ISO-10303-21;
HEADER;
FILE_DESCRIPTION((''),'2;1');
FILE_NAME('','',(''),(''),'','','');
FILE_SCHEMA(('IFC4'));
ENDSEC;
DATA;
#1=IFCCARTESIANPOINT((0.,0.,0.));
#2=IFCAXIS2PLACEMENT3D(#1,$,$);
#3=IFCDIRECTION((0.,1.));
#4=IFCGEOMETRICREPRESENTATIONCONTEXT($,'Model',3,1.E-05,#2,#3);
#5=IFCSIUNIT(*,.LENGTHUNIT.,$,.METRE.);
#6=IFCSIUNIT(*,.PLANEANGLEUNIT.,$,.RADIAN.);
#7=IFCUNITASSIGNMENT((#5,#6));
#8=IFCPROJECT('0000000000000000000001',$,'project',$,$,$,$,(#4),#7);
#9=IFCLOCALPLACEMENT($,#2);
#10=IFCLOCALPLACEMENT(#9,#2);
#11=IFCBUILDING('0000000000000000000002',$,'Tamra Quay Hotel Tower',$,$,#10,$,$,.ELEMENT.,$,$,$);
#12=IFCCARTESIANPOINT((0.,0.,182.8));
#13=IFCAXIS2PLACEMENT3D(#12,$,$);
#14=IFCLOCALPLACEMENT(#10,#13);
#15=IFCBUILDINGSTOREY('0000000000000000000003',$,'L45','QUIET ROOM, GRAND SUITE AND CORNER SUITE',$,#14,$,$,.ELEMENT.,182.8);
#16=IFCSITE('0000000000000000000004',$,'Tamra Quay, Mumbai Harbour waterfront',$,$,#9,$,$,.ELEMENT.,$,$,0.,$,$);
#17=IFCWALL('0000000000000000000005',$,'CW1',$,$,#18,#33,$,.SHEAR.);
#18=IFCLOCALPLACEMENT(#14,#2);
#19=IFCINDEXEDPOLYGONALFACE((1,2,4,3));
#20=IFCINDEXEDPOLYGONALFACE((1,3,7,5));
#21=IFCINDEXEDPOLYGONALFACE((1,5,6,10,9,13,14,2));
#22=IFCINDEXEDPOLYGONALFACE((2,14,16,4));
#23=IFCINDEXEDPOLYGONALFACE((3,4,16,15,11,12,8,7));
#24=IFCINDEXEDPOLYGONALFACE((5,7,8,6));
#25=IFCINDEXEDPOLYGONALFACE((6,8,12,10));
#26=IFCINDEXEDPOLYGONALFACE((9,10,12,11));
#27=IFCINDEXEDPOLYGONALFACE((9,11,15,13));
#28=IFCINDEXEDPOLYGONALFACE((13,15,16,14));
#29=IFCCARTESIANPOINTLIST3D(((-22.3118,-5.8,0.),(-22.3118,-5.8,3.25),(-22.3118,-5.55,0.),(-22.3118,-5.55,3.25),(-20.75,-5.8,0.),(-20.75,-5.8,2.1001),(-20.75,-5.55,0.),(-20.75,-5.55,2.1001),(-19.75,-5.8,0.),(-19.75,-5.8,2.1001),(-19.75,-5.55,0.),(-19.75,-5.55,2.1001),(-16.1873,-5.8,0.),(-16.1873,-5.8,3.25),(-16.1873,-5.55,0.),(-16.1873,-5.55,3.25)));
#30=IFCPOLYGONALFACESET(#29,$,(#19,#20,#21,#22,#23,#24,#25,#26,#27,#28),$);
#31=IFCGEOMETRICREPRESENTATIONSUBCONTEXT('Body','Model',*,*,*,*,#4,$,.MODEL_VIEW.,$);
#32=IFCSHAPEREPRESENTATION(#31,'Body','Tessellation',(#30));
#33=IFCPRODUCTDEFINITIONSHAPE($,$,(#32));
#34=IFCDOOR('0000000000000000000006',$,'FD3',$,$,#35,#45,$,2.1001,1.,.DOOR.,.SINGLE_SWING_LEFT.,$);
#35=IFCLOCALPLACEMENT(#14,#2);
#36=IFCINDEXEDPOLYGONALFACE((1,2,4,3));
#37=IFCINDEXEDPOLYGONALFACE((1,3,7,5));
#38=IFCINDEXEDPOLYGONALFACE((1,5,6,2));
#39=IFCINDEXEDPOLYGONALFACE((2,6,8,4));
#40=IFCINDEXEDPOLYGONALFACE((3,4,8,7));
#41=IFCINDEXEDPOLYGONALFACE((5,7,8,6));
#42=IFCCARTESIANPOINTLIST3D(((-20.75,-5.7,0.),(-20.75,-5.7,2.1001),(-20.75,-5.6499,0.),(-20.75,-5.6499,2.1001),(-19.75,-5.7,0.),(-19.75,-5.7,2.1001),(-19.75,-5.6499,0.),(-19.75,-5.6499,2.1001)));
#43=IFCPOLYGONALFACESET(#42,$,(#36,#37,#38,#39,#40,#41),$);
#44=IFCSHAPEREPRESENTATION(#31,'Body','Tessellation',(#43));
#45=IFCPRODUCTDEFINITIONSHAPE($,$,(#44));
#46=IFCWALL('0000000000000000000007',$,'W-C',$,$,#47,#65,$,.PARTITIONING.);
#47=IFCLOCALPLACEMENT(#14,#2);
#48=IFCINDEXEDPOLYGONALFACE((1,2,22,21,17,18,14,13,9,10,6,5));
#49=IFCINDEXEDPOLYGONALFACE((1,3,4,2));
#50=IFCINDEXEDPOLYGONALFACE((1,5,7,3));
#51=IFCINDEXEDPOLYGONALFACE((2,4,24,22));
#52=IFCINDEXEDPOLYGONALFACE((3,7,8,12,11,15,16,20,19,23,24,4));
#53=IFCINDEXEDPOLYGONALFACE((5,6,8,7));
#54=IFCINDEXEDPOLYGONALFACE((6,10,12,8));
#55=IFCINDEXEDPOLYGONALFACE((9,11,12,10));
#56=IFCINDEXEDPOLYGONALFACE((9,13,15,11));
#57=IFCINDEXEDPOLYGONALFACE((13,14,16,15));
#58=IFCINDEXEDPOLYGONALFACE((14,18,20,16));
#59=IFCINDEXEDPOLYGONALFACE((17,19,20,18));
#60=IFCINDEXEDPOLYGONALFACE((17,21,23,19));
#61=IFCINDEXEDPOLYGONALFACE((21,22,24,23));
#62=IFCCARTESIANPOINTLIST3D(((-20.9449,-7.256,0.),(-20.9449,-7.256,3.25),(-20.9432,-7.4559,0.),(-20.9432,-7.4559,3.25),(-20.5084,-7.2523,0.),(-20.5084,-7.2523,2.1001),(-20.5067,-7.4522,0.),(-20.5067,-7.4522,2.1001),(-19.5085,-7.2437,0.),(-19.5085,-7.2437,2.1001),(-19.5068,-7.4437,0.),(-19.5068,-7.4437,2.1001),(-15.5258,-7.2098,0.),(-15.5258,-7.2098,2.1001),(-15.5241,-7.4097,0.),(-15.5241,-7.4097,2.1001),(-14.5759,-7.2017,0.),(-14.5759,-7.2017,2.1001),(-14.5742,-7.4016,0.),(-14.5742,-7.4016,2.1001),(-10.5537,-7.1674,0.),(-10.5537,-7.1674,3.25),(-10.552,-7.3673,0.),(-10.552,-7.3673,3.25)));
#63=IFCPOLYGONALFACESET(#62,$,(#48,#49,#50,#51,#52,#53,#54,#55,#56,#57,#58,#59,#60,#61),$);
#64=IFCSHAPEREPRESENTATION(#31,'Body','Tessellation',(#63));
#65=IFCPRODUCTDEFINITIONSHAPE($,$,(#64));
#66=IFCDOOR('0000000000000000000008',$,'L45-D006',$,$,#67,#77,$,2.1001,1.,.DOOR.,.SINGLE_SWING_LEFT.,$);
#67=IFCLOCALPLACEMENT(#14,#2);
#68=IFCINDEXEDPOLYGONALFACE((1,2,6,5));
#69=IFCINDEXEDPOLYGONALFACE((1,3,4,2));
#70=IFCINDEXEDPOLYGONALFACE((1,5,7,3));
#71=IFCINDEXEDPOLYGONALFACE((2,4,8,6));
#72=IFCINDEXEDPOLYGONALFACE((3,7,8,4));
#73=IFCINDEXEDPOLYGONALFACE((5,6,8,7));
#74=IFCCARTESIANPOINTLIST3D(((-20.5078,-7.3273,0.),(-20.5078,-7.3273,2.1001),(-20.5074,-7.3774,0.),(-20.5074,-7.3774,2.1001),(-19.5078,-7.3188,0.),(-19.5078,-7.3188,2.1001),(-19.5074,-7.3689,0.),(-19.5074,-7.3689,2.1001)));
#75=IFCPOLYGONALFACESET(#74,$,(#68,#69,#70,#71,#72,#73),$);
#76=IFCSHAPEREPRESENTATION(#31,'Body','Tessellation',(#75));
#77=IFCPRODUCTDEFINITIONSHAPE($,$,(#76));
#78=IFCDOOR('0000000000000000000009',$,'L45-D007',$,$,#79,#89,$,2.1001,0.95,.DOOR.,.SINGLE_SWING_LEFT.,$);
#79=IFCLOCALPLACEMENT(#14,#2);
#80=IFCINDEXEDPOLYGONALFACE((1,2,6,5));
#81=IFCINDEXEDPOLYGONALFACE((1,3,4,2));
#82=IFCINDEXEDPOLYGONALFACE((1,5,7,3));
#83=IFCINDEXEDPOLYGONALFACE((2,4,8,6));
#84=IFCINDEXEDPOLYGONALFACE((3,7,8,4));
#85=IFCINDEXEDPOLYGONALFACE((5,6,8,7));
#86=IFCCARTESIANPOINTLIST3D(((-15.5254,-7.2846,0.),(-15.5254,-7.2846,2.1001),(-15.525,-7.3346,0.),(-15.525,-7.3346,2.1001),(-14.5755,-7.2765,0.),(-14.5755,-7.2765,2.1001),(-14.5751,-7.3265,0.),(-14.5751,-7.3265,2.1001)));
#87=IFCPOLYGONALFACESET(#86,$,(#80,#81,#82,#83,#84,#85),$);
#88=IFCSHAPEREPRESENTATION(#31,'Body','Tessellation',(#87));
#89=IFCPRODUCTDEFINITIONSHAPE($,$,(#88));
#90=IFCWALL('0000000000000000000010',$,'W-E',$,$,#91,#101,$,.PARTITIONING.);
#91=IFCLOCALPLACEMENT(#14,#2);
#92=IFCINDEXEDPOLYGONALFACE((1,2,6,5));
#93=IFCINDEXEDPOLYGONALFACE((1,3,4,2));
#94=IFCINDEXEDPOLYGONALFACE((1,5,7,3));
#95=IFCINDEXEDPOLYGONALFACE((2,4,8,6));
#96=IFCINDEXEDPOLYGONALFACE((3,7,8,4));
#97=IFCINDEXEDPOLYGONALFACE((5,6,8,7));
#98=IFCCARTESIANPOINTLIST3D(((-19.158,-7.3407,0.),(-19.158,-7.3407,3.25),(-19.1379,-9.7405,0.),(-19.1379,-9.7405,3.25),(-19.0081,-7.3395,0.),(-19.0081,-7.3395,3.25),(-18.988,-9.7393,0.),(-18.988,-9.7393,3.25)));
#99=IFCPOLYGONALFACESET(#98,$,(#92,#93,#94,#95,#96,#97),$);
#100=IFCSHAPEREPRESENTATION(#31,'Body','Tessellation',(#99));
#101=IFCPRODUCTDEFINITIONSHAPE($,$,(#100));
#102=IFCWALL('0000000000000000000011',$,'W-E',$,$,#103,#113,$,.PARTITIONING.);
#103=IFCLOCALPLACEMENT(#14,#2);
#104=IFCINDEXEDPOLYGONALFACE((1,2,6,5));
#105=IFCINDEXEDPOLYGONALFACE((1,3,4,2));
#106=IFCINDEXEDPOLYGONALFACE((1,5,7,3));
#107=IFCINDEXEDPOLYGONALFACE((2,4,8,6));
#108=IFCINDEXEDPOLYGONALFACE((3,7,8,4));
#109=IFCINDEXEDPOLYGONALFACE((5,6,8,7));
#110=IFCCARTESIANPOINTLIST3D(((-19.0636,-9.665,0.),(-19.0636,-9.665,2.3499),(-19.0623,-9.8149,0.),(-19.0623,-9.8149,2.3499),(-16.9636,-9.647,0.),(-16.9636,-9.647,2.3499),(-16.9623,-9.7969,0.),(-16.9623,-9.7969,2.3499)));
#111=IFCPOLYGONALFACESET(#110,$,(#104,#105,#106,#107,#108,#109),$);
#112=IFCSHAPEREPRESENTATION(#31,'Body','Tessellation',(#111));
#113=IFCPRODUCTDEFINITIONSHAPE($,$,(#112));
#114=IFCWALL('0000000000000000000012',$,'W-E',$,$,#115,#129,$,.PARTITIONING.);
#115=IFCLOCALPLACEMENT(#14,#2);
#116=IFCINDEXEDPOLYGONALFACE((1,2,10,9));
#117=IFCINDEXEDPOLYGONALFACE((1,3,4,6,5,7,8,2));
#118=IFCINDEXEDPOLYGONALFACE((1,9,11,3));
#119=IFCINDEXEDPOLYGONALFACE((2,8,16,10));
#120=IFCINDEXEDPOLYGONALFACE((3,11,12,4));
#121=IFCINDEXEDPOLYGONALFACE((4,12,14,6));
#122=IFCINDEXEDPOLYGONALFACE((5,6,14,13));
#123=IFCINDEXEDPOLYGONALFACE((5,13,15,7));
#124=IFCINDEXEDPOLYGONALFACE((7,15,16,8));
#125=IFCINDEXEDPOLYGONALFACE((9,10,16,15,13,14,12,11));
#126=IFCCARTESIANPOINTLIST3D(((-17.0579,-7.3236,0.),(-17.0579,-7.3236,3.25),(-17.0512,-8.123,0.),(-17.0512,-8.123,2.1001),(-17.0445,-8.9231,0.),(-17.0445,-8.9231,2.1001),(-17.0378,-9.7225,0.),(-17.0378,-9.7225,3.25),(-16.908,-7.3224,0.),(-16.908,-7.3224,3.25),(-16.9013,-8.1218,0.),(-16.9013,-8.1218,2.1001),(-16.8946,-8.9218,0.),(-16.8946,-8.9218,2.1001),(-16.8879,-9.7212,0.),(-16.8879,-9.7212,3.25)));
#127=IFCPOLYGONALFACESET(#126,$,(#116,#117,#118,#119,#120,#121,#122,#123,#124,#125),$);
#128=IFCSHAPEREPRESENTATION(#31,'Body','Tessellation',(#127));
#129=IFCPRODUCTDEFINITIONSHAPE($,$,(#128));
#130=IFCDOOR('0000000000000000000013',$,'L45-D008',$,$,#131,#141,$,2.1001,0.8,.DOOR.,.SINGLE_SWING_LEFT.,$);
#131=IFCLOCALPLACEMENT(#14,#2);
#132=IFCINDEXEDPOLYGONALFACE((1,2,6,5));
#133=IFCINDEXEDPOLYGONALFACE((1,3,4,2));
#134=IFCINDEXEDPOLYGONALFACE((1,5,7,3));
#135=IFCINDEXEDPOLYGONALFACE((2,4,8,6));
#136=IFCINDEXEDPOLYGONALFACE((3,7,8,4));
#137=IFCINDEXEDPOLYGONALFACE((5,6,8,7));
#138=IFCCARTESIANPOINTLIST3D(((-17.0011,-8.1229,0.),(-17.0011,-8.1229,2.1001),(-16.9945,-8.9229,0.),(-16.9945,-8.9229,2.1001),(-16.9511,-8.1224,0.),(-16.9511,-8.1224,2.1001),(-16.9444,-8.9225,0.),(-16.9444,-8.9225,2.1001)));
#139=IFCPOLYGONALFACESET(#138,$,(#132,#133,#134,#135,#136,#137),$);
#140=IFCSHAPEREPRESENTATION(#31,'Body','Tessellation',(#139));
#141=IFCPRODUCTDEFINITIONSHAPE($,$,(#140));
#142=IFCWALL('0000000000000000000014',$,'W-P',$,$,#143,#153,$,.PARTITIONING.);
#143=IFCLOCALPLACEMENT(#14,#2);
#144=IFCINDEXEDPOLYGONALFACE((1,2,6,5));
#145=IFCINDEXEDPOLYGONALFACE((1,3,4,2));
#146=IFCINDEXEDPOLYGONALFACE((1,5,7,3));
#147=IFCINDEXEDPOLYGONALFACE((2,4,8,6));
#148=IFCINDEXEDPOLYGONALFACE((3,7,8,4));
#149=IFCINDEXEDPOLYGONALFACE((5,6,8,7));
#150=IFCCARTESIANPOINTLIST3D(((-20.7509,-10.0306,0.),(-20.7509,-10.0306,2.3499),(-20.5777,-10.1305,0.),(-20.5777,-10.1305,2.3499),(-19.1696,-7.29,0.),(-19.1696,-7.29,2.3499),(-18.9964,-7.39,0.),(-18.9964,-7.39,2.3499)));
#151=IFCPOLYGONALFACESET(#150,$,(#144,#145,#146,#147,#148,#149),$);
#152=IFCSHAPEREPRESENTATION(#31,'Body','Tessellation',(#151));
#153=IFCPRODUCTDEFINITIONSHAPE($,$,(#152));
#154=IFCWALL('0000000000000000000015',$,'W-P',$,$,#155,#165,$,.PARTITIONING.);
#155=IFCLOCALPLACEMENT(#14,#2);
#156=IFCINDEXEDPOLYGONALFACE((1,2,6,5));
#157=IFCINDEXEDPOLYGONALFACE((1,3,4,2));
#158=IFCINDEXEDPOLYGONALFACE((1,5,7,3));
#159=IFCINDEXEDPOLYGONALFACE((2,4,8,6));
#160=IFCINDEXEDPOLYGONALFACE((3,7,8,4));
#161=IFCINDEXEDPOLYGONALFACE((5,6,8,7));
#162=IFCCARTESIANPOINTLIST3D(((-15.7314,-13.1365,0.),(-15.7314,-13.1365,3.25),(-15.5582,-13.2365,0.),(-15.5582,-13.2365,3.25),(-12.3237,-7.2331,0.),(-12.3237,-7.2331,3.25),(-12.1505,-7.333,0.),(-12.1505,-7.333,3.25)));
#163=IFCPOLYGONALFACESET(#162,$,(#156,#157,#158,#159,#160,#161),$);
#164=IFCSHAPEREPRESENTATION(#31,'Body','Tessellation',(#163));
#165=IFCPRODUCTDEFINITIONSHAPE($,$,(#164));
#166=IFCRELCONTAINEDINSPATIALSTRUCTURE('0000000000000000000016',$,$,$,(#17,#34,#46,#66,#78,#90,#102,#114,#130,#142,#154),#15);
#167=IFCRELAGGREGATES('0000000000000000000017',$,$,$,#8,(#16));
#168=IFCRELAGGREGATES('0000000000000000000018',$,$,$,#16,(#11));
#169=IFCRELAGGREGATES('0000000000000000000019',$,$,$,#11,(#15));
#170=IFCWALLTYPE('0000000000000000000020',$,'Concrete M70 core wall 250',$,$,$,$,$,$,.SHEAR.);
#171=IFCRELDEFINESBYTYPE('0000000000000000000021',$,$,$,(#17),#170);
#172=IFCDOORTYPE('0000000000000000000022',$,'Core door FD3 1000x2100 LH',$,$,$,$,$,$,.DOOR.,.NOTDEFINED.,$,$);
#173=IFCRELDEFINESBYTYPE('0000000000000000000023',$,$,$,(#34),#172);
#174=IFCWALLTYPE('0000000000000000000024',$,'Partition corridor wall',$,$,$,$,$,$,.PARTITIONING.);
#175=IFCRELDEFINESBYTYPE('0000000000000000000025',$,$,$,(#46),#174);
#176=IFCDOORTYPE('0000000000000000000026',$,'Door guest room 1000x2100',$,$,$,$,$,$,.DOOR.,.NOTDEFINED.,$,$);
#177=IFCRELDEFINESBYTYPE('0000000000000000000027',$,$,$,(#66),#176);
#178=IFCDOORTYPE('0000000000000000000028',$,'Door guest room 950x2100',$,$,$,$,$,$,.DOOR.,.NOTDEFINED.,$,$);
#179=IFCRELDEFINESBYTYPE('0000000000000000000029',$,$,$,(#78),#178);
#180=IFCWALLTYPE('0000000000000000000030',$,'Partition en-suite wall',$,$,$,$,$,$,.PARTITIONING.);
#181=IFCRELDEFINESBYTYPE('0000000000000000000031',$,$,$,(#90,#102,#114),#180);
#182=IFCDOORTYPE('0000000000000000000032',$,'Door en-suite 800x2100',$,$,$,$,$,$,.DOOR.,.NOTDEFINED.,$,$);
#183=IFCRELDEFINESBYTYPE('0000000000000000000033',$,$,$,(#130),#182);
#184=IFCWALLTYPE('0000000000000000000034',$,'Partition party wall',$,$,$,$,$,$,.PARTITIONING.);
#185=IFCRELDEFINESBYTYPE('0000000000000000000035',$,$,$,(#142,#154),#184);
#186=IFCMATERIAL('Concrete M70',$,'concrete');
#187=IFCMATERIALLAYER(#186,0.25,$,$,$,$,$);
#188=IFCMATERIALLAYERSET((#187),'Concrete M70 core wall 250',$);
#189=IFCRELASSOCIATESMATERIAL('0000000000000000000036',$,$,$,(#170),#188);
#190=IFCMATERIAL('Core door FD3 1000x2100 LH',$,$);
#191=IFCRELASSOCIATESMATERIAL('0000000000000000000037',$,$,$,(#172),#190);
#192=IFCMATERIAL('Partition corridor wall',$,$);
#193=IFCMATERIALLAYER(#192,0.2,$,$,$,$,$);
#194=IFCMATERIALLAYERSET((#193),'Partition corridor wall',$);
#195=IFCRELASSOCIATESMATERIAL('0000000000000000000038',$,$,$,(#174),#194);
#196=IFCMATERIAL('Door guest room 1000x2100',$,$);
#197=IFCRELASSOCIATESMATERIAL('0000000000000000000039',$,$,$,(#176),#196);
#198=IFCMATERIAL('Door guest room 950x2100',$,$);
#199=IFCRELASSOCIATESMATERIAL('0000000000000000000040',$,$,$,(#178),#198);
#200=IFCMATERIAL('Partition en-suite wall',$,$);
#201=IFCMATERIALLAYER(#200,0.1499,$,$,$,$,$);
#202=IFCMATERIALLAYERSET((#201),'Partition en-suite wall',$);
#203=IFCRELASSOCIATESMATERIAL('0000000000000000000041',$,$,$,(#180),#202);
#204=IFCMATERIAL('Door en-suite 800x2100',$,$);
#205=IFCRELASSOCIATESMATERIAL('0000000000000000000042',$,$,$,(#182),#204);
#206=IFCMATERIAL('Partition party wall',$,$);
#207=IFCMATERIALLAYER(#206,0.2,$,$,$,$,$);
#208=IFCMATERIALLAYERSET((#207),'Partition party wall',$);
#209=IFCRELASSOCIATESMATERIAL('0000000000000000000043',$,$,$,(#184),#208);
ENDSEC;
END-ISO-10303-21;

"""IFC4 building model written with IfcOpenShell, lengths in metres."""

from ifc_helpers import new_model, si_unit, direction, frame, frame_2d, origin, place, context, subcontext, project, spatial, rectangle, extrude, material, layer, layer_set, type_object, element, fill, save


model = new_model("IFC4")

# Units and contexts
model_context = context("Model", 3, precision=1e-05, world=origin(), true_north=direction((0.0, 1.0)))
body_context = subcontext(model_context, "Body", "Model", "MODEL_VIEW")
ifc_project = project(units=[si_unit("LENGTHUNIT", "METRE"), si_unit("PLANEANGLEUNIT", "RADIAN")], contexts=[model_context])

# Site, building, storey
site_placement = place(None, origin())
site = spatial("IfcSite", under=ifc_project, at=site_placement, Name="Tamra Quay, Mumbai Harbour waterfront", CompositionType="ELEMENT", RefElevation=0.0)
building_placement = place(site_placement, origin())
building = spatial("IfcBuilding", under=site, at=building_placement, Name="Tamra Quay Hotel Tower", CompositionType="ELEMENT")
storey_placement = place(building_placement, frame((0.0, 0.0, 182.8)))
storey = spatial("IfcBuildingStorey", under=building, at=storey_placement, Name="L45", Description="QUIET ROOM, GRAND SUITE AND CORNER SUITE", CompositionType="ELEMENT", Elevation=182.8)

# Shared definitions
ifc_material_1 = material(Name="Concrete M70", Category="concrete")

# Wall, opening, door
ifc_layer_1 = layer(ifc_material_1, 0.25)
ifc_layer_set_1 = layer_set([ifc_layer_1], Name="Concrete M70 core wall 250")
wall_type_1 = type_object("IfcWallType", Name="Concrete M70 core wall 250", PredefinedType="SHEAR", material=ifc_layer_set_1)
wall_1_placement = place(storey_placement, frame((-16.1873, -5.675, 0.0), z_axis=(0.0, 0.0, 1.0), x_axis=(-1.0, 0.0, 0.0)))
wall_1 = element("IfcWall", 1, at=wall_1_placement, inside=storey, type_object=wall_type_1, Name="CW1", PredefinedType="SHEAR", context=body_context, shape_type="SweptSolid", body=[
    extrude(rectangle(XDim=6.1245, YDim=0.25, at=frame_2d((3.0623, 0.0))), origin(), (0.0, 0.0, 1.0), 3.25),
])
opening_1_placement = place(wall_1_placement, frame((3.5627, 0.0, 0.0)))
opening_1 = element("IfcOpeningElement", 2, at=opening_1_placement, cuts=wall_1, PredefinedType="OPENING", context=body_context, shape_type="SweptSolid", body=[
    extrude(rectangle(XDim=1.0, YDim=2.1001, at=frame_2d((0.5, 1.05))), frame((0.0, 0.135, 0.0), z_axis=(0.0, -1.0, 0.0), x_axis=(1.0, 0.0, 0.0)), (0.0, 0.0, 1.0), 0.27),
])
ifc_material_2 = material(Name="Core door FD3 1000x2100 LH")
door_type_1 = type_object("IfcDoorType", Name="Core door FD3 1000x2100 LH", OperationType="NOTDEFINED", PredefinedType="DOOR", material=ifc_material_2)
door_1_placement = place(opening_1_placement, origin())
door_1 = element("IfcDoor", 3, at=door_1_placement, inside=storey, type_object=door_type_1, Name="FD3", OperationType="SINGLE_SWING_LEFT", OverallHeight=2.1001, OverallWidth=1.0, PredefinedType="DOOR", context=body_context, shape_type="SweptSolid", body=[
    extrude(rectangle(XDim=1.0, YDim=2.1001, at=frame_2d((0.5, 1.05))), frame((0.0, 0.0249, 0.0), z_axis=(0.0, -1.0, 0.0), x_axis=(1.0, 0.0, 0.0)), (0.0, 0.0, 1.0), 0.05),
])
fill(opening_1, door_1)

# Wall, openings, doors
ifc_material_3 = material(Name="Partition corridor wall")
ifc_layer_2 = layer(ifc_material_3, 0.2)
ifc_layer_set_2 = layer_set([ifc_layer_2], Name="Partition corridor wall")
wall_type_2 = type_object("IfcWallType", Name="Partition corridor wall", PredefinedType="PARTITIONING", material=ifc_layer_set_2)
wall_2_placement = place(storey_placement, frame((-20.9441, -7.356, 0.0), z_axis=(0.0, 0.0, 1.0), x_axis=(0.999964, 0.008528, 0.0)))
wall_2 = element("IfcWall", 4, at=wall_2_placement, inside=storey, type_object=wall_type_2, Name="W-C", PredefinedType="PARTITIONING", context=body_context, shape_type="SweptSolid", body=[
    extrude(rectangle(XDim=10.3916, YDim=0.2, at=frame_2d((5.1958, 0.0))), origin(), (0.0, 0.0, 1.0), 3.25),
])
opening_2_placement = place(wall_2_placement, frame((0.4365, 0.0, 0.0)))
opening_2 = element("IfcOpeningElement", 5, at=opening_2_placement, cuts=wall_2, PredefinedType="OPENING", context=body_context, shape_type="SweptSolid", body=[
    extrude(rectangle(XDim=1.0, YDim=2.1001, at=frame_2d((0.5, 1.05))), frame((0.0, 0.1099, 0.0), z_axis=(0.0, -1.0, 0.0), x_axis=(1.0, 0.0, 0.0)), (0.0, 0.0, 1.0), 0.22),
])
opening_3_placement = place(wall_2_placement, frame((5.4192, 0.0, 0.0)))
opening_3 = element("IfcOpeningElement", 6, at=opening_3_placement, cuts=wall_2, PredefinedType="OPENING", context=body_context, shape_type="SweptSolid", body=[
    extrude(rectangle(XDim=0.95, YDim=2.1001, at=frame_2d((0.4751, 1.05))), frame((0.0, 0.1099, 0.0), z_axis=(0.0, -1.0, 0.0), x_axis=(1.0, 0.0, 0.0)), (0.0, 0.0, 1.0), 0.22),
])
ifc_material_4 = material(Name="Door guest room 1000x2100")
door_type_2 = type_object("IfcDoorType", Name="Door guest room 1000x2100", OperationType="NOTDEFINED", PredefinedType="DOOR", material=ifc_material_4)
door_2_placement = place(opening_2_placement, origin())
door_2 = element("IfcDoor", 7, at=door_2_placement, inside=storey, type_object=door_type_2, Name="L45-D006", OperationType="SINGLE_SWING_LEFT", OverallHeight=2.1001, OverallWidth=1.0, PredefinedType="DOOR", context=body_context, shape_type="SweptSolid", body=[
    extrude(rectangle(XDim=1.0, YDim=2.1001, at=frame_2d((0.5, 1.05))), frame((0.0, 0.0249, 0.0), z_axis=(0.0, -1.0, 0.0), x_axis=(1.0, 0.0, 0.0)), (0.0, 0.0, 1.0), 0.05),
])
fill(opening_2, door_2)
ifc_material_5 = material(Name="Door guest room 950x2100")
door_type_3 = type_object("IfcDoorType", Name="Door guest room 950x2100", OperationType="NOTDEFINED", PredefinedType="DOOR", material=ifc_material_5)
door_3_placement = place(opening_3_placement, frame((0.95, 0.0, 0.0), z_axis=(0.0, 0.0, 1.0), x_axis=(-1.0, 0.0, 0.0)))
door_3 = element("IfcDoor", 8, at=door_3_placement, inside=storey, type_object=door_type_3, Name="L45-D007", OperationType="SINGLE_SWING_LEFT", OverallHeight=2.1001, OverallWidth=0.95, PredefinedType="DOOR", context=body_context, shape_type="SweptSolid", body=[
    extrude(rectangle(XDim=0.95, YDim=2.1001, at=frame_2d((0.4751, 1.05))), frame((0.0, 0.0249, 0.0), z_axis=(0.0, -1.0, 0.0), x_axis=(1.0, 0.0, 0.0)), (0.0, 0.0, 1.0), 0.05),
])
fill(opening_3, door_3)

# Walls
ifc_material_6 = material(Name="Partition en-suite wall")
ifc_layer_3 = layer(ifc_material_6, 0.1499)
ifc_layer_set_3 = layer_set([ifc_layer_3], Name="Partition en-suite wall")
wall_type_3 = type_object("IfcWallType", Name="Partition en-suite wall", PredefinedType="PARTITIONING", material=ifc_layer_set_3)
wall_3_placement = place(storey_placement, frame((-19.083, -7.3401, 0.0), z_axis=(0.0, 0.0, 1.0), x_axis=(0.008342, -0.999965, 0.0)))
element("IfcWall", 9, at=wall_3_placement, inside=storey, type_object=wall_type_3, Name="W-E", PredefinedType="PARTITIONING", context=body_context, shape_type="SweptSolid", body=[
    extrude(rectangle(XDim=2.3999, YDim=0.1499, at=frame_2d((1.2, 0.0))), origin(), (0.0, 0.0, 1.0), 3.25),
])
wall_4_placement = place(storey_placement, frame((-19.063, -9.74, 0.0), z_axis=(0.0, 0.0, 1.0), x_axis=(0.999963, 0.008602, 0.0)))
element("IfcWall", 10, at=wall_4_placement, inside=storey, type_object=wall_type_3, Name="W-E", PredefinedType="PARTITIONING", context=body_context, shape_type="SweptSolid", body=[
    extrude(rectangle(XDim=2.1001, YDim=0.1499, at=frame_2d((1.05, 0.0))), origin(), (0.0, 0.0, 1.0), 2.3499),
])

# Wall, opening, door
wall_5_placement = place(storey_placement, frame((-16.9829, -7.323, 0.0), z_axis=(0.0, 0.0, 1.0), x_axis=(0.008345, -0.999965, 0.0)))
wall_5 = element("IfcWall", 11, at=wall_5_placement, inside=storey, type_object=wall_type_3, Name="W-E", PredefinedType="PARTITIONING", context=body_context, shape_type="SweptSolid", body=[
    extrude(rectangle(XDim=2.3989, YDim=0.1499, at=frame_2d((1.1995, 0.0))), origin(), (0.0, 0.0, 1.0), 3.25),
])
opening_4_placement = place(wall_5_placement, frame((0.7996, 0.0, 0.0)))
opening_4 = element("IfcOpeningElement", 12, at=opening_4_placement, cuts=wall_5, PredefinedType="OPENING", context=body_context, shape_type="SweptSolid", body=[
    extrude(rectangle(XDim=0.8, YDim=2.1001, at=frame_2d((0.3999, 1.05))), frame((0.0, 0.085, 0.0), z_axis=(0.0, -1.0, 0.0), x_axis=(1.0, 0.0, 0.0)), (0.0, 0.0, 1.0), 0.1699),
])
ifc_material_7 = material(Name="Door en-suite 800x2100")
door_type_4 = type_object("IfcDoorType", Name="Door en-suite 800x2100", OperationType="NOTDEFINED", PredefinedType="DOOR", material=ifc_material_7)
door_4_placement = place(opening_4_placement, frame((0.8, 0.0, 0.0), z_axis=(0.0, 0.0, 1.0), x_axis=(-1.0, 0.0, 0.0)))
door_4 = element("IfcDoor", 13, at=door_4_placement, inside=storey, type_object=door_type_4, Name="L45-D008", OperationType="SINGLE_SWING_LEFT", OverallHeight=2.1001, OverallWidth=0.8, PredefinedType="DOOR", context=body_context, shape_type="SweptSolid", body=[
    extrude(rectangle(XDim=0.8, YDim=2.1001, at=frame_2d((0.3999, 1.05))), frame((0.0, 0.0249, 0.0), z_axis=(0.0, -1.0, 0.0), x_axis=(1.0, 0.0, 0.0)), (0.0, 0.0, 1.0), 0.05),
])
fill(opening_4, door_4)

# Walls
ifc_material_8 = material(Name="Partition party wall")
ifc_layer_4 = layer(ifc_material_8, 0.2)
ifc_layer_set_4 = layer_set([ifc_layer_4], Name="Partition party wall")
wall_type_4 = type_object("IfcWallType", Name="Partition party wall", PredefinedType="PARTITIONING", material=ifc_layer_set_4)
wall_6_placement = place(storey_placement, frame((-20.6643, -10.0806, 0.0), z_axis=(0.0, 0.0, 1.0), x_axis=(0.499783, 0.866151, 0.0)))
element("IfcWall", 14, at=wall_6_placement, inside=storey, type_object=wall_type_4, Name="W-P", PredefinedType="PARTITIONING", context=body_context, shape_type="SweptSolid", body=[
    extrude(rectangle(XDim=3.1641, YDim=0.2, at=frame_2d((1.582, 0.0))), origin(), (0.0, 0.0, 1.0), 2.3499),
])
wall_7_placement = place(storey_placement, frame((-15.6448, -13.1865, 0.0), z_axis=(0.0, 0.0, 1.0), x_axis=(0.499922, 0.86607, 0.0)))
element("IfcWall", 15, at=wall_7_placement, inside=storey, type_object=wall_type_4, Name="W-P", PredefinedType="PARTITIONING", context=body_context, shape_type="SweptSolid", body=[
    extrude(rectangle(XDim=6.8164, YDim=0.2, at=frame_2d((3.4082, 0.0))), origin(), (0.0, 0.0, 1.0), 3.25),
])

save(model, "model.ifc")
